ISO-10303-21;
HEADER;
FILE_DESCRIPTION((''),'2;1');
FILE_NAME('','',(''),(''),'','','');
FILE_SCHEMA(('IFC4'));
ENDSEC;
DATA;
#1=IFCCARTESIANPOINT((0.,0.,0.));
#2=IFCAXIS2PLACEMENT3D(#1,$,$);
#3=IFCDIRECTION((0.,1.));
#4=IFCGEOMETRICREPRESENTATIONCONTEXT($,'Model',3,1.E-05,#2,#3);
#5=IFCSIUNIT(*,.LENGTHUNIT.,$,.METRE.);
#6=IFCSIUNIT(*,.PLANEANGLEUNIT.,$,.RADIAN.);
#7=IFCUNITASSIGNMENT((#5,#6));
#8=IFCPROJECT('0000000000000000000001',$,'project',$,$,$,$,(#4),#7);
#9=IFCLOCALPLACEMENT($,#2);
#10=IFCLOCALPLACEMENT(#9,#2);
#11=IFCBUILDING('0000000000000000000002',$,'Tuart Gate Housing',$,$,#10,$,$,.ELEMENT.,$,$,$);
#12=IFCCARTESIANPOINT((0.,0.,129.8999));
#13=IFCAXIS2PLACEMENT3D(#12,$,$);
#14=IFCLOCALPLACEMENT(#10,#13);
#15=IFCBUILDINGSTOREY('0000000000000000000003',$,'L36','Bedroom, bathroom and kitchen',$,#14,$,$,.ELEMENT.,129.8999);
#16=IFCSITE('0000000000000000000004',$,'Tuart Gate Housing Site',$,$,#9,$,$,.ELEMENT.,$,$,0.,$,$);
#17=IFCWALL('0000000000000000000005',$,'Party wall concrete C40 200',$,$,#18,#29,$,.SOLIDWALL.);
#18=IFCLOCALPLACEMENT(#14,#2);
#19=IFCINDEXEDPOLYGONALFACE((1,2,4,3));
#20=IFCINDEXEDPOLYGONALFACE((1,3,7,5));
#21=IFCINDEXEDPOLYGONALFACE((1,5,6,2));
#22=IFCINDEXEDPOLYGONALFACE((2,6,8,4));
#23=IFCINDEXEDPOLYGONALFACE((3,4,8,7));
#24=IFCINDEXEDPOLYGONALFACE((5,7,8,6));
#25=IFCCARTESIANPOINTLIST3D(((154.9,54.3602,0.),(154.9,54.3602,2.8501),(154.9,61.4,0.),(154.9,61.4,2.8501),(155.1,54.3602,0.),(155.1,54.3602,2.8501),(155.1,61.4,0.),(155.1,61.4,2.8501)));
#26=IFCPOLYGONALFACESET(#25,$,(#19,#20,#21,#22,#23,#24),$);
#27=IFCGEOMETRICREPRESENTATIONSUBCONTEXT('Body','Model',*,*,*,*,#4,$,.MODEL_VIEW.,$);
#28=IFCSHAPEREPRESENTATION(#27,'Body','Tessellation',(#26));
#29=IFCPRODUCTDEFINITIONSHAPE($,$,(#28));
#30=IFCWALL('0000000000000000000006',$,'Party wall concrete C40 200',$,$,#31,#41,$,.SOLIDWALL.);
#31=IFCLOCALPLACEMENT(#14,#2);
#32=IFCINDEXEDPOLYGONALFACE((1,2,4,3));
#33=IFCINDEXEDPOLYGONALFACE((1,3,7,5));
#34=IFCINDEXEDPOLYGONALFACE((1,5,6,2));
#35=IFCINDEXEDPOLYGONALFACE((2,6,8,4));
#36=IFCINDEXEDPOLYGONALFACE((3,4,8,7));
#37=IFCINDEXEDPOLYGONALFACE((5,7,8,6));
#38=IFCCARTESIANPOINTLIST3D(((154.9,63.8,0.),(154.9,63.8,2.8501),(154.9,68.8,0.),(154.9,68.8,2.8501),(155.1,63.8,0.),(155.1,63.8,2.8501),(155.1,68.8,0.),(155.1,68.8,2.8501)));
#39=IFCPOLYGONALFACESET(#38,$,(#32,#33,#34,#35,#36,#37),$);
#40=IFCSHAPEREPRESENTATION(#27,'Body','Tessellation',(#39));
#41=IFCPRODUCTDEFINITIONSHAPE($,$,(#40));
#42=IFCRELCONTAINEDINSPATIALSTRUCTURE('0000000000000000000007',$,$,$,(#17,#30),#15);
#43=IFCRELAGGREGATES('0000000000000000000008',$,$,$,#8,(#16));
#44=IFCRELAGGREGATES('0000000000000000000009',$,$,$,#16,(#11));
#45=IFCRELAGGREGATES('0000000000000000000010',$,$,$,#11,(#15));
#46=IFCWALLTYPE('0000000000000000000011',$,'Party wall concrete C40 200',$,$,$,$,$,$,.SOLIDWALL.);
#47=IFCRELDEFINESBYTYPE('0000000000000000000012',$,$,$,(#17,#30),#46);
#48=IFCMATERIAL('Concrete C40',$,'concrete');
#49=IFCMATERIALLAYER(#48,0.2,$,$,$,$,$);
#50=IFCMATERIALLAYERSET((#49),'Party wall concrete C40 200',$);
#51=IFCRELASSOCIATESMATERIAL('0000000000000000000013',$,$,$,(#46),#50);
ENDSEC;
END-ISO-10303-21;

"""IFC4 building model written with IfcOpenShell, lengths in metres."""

from ifc_helpers import new_model, si_unit, direction, frame, frame_2d, origin, place, context, subcontext, project, spatial, rectangle, extrude, material, layer, layer_set, type_object, element, save


model = new_model("IFC4")

# Units and contexts
model_context = context("Model", 3, precision=1e-05, world=origin(), true_north=direction((0.0, 1.0)))
body_context = subcontext(model_context, "Body", "Model", "MODEL_VIEW")
ifc_project = project(units=[si_unit("LENGTHUNIT", "METRE"), si_unit("PLANEANGLEUNIT", "RADIAN")], contexts=[model_context])

# Site, building, storey
site_placement = place(None, origin())
site = spatial("IfcSite", under=ifc_project, at=site_placement, Name="Tuart Gate Housing Site", CompositionType="ELEMENT", RefElevation=0.0)
building_placement = place(site_placement, origin())
building = spatial("IfcBuilding", under=site, at=building_placement, Name="Tuart Gate Housing", CompositionType="ELEMENT")
storey_placement = place(building_placement, frame((0.0, 0.0, 129.8999)))
storey = spatial("IfcBuildingStorey", under=building, at=storey_placement, Name="L36", Description="Bedroom, bathroom and kitchen", CompositionType="ELEMENT", Elevation=129.8999)

# Walls
ifc_material_1 = material(Name="Concrete C40", Category="concrete")
ifc_layer_1 = layer(ifc_material_1, 0.2)
ifc_layer_set_1 = layer_set([ifc_layer_1], Name="Party wall concrete C40 200")
wall_type_1 = type_object("IfcWallType", Name="Party wall concrete C40 200", PredefinedType="SOLIDWALL", material=ifc_layer_set_1)
wall_1_placement = place(storey_placement, frame((155.0, 54.3601, 0.0), z_axis=(0.0, 0.0, 1.0), x_axis=(0.0, 1.0, 0.0)))
element("IfcWall", 1, at=wall_1_placement, inside=storey, type_object=wall_type_1, Name="Party wall concrete C40 200", PredefinedType="SOLIDWALL", context=body_context, shape_type="SweptSolid", body=[
    extrude(rectangle(XDim=7.0398, YDim=0.2, at=frame_2d((3.52, 0.0))), origin(), (0.0, 0.0, 1.0), 2.8501),
])
wall_2_placement = place(storey_placement, frame((155.0, 63.8, 0.0), z_axis=(0.0, 0.0, 1.0), x_axis=(0.0, 1.0, 0.0)))
element("IfcWall", 2, at=wall_2_placement, inside=storey, type_object=wall_type_1, Name="Party wall concrete C40 200", PredefinedType="SOLIDWALL", context=body_context, shape_type="SweptSolid", body=[
    extrude(rectangle(XDim=5.0, YDim=0.2, at=frame_2d((2.5, 0.0))), origin(), (0.0, 0.0, 1.0), 2.8501),
])

save(model, "model.ifc")
